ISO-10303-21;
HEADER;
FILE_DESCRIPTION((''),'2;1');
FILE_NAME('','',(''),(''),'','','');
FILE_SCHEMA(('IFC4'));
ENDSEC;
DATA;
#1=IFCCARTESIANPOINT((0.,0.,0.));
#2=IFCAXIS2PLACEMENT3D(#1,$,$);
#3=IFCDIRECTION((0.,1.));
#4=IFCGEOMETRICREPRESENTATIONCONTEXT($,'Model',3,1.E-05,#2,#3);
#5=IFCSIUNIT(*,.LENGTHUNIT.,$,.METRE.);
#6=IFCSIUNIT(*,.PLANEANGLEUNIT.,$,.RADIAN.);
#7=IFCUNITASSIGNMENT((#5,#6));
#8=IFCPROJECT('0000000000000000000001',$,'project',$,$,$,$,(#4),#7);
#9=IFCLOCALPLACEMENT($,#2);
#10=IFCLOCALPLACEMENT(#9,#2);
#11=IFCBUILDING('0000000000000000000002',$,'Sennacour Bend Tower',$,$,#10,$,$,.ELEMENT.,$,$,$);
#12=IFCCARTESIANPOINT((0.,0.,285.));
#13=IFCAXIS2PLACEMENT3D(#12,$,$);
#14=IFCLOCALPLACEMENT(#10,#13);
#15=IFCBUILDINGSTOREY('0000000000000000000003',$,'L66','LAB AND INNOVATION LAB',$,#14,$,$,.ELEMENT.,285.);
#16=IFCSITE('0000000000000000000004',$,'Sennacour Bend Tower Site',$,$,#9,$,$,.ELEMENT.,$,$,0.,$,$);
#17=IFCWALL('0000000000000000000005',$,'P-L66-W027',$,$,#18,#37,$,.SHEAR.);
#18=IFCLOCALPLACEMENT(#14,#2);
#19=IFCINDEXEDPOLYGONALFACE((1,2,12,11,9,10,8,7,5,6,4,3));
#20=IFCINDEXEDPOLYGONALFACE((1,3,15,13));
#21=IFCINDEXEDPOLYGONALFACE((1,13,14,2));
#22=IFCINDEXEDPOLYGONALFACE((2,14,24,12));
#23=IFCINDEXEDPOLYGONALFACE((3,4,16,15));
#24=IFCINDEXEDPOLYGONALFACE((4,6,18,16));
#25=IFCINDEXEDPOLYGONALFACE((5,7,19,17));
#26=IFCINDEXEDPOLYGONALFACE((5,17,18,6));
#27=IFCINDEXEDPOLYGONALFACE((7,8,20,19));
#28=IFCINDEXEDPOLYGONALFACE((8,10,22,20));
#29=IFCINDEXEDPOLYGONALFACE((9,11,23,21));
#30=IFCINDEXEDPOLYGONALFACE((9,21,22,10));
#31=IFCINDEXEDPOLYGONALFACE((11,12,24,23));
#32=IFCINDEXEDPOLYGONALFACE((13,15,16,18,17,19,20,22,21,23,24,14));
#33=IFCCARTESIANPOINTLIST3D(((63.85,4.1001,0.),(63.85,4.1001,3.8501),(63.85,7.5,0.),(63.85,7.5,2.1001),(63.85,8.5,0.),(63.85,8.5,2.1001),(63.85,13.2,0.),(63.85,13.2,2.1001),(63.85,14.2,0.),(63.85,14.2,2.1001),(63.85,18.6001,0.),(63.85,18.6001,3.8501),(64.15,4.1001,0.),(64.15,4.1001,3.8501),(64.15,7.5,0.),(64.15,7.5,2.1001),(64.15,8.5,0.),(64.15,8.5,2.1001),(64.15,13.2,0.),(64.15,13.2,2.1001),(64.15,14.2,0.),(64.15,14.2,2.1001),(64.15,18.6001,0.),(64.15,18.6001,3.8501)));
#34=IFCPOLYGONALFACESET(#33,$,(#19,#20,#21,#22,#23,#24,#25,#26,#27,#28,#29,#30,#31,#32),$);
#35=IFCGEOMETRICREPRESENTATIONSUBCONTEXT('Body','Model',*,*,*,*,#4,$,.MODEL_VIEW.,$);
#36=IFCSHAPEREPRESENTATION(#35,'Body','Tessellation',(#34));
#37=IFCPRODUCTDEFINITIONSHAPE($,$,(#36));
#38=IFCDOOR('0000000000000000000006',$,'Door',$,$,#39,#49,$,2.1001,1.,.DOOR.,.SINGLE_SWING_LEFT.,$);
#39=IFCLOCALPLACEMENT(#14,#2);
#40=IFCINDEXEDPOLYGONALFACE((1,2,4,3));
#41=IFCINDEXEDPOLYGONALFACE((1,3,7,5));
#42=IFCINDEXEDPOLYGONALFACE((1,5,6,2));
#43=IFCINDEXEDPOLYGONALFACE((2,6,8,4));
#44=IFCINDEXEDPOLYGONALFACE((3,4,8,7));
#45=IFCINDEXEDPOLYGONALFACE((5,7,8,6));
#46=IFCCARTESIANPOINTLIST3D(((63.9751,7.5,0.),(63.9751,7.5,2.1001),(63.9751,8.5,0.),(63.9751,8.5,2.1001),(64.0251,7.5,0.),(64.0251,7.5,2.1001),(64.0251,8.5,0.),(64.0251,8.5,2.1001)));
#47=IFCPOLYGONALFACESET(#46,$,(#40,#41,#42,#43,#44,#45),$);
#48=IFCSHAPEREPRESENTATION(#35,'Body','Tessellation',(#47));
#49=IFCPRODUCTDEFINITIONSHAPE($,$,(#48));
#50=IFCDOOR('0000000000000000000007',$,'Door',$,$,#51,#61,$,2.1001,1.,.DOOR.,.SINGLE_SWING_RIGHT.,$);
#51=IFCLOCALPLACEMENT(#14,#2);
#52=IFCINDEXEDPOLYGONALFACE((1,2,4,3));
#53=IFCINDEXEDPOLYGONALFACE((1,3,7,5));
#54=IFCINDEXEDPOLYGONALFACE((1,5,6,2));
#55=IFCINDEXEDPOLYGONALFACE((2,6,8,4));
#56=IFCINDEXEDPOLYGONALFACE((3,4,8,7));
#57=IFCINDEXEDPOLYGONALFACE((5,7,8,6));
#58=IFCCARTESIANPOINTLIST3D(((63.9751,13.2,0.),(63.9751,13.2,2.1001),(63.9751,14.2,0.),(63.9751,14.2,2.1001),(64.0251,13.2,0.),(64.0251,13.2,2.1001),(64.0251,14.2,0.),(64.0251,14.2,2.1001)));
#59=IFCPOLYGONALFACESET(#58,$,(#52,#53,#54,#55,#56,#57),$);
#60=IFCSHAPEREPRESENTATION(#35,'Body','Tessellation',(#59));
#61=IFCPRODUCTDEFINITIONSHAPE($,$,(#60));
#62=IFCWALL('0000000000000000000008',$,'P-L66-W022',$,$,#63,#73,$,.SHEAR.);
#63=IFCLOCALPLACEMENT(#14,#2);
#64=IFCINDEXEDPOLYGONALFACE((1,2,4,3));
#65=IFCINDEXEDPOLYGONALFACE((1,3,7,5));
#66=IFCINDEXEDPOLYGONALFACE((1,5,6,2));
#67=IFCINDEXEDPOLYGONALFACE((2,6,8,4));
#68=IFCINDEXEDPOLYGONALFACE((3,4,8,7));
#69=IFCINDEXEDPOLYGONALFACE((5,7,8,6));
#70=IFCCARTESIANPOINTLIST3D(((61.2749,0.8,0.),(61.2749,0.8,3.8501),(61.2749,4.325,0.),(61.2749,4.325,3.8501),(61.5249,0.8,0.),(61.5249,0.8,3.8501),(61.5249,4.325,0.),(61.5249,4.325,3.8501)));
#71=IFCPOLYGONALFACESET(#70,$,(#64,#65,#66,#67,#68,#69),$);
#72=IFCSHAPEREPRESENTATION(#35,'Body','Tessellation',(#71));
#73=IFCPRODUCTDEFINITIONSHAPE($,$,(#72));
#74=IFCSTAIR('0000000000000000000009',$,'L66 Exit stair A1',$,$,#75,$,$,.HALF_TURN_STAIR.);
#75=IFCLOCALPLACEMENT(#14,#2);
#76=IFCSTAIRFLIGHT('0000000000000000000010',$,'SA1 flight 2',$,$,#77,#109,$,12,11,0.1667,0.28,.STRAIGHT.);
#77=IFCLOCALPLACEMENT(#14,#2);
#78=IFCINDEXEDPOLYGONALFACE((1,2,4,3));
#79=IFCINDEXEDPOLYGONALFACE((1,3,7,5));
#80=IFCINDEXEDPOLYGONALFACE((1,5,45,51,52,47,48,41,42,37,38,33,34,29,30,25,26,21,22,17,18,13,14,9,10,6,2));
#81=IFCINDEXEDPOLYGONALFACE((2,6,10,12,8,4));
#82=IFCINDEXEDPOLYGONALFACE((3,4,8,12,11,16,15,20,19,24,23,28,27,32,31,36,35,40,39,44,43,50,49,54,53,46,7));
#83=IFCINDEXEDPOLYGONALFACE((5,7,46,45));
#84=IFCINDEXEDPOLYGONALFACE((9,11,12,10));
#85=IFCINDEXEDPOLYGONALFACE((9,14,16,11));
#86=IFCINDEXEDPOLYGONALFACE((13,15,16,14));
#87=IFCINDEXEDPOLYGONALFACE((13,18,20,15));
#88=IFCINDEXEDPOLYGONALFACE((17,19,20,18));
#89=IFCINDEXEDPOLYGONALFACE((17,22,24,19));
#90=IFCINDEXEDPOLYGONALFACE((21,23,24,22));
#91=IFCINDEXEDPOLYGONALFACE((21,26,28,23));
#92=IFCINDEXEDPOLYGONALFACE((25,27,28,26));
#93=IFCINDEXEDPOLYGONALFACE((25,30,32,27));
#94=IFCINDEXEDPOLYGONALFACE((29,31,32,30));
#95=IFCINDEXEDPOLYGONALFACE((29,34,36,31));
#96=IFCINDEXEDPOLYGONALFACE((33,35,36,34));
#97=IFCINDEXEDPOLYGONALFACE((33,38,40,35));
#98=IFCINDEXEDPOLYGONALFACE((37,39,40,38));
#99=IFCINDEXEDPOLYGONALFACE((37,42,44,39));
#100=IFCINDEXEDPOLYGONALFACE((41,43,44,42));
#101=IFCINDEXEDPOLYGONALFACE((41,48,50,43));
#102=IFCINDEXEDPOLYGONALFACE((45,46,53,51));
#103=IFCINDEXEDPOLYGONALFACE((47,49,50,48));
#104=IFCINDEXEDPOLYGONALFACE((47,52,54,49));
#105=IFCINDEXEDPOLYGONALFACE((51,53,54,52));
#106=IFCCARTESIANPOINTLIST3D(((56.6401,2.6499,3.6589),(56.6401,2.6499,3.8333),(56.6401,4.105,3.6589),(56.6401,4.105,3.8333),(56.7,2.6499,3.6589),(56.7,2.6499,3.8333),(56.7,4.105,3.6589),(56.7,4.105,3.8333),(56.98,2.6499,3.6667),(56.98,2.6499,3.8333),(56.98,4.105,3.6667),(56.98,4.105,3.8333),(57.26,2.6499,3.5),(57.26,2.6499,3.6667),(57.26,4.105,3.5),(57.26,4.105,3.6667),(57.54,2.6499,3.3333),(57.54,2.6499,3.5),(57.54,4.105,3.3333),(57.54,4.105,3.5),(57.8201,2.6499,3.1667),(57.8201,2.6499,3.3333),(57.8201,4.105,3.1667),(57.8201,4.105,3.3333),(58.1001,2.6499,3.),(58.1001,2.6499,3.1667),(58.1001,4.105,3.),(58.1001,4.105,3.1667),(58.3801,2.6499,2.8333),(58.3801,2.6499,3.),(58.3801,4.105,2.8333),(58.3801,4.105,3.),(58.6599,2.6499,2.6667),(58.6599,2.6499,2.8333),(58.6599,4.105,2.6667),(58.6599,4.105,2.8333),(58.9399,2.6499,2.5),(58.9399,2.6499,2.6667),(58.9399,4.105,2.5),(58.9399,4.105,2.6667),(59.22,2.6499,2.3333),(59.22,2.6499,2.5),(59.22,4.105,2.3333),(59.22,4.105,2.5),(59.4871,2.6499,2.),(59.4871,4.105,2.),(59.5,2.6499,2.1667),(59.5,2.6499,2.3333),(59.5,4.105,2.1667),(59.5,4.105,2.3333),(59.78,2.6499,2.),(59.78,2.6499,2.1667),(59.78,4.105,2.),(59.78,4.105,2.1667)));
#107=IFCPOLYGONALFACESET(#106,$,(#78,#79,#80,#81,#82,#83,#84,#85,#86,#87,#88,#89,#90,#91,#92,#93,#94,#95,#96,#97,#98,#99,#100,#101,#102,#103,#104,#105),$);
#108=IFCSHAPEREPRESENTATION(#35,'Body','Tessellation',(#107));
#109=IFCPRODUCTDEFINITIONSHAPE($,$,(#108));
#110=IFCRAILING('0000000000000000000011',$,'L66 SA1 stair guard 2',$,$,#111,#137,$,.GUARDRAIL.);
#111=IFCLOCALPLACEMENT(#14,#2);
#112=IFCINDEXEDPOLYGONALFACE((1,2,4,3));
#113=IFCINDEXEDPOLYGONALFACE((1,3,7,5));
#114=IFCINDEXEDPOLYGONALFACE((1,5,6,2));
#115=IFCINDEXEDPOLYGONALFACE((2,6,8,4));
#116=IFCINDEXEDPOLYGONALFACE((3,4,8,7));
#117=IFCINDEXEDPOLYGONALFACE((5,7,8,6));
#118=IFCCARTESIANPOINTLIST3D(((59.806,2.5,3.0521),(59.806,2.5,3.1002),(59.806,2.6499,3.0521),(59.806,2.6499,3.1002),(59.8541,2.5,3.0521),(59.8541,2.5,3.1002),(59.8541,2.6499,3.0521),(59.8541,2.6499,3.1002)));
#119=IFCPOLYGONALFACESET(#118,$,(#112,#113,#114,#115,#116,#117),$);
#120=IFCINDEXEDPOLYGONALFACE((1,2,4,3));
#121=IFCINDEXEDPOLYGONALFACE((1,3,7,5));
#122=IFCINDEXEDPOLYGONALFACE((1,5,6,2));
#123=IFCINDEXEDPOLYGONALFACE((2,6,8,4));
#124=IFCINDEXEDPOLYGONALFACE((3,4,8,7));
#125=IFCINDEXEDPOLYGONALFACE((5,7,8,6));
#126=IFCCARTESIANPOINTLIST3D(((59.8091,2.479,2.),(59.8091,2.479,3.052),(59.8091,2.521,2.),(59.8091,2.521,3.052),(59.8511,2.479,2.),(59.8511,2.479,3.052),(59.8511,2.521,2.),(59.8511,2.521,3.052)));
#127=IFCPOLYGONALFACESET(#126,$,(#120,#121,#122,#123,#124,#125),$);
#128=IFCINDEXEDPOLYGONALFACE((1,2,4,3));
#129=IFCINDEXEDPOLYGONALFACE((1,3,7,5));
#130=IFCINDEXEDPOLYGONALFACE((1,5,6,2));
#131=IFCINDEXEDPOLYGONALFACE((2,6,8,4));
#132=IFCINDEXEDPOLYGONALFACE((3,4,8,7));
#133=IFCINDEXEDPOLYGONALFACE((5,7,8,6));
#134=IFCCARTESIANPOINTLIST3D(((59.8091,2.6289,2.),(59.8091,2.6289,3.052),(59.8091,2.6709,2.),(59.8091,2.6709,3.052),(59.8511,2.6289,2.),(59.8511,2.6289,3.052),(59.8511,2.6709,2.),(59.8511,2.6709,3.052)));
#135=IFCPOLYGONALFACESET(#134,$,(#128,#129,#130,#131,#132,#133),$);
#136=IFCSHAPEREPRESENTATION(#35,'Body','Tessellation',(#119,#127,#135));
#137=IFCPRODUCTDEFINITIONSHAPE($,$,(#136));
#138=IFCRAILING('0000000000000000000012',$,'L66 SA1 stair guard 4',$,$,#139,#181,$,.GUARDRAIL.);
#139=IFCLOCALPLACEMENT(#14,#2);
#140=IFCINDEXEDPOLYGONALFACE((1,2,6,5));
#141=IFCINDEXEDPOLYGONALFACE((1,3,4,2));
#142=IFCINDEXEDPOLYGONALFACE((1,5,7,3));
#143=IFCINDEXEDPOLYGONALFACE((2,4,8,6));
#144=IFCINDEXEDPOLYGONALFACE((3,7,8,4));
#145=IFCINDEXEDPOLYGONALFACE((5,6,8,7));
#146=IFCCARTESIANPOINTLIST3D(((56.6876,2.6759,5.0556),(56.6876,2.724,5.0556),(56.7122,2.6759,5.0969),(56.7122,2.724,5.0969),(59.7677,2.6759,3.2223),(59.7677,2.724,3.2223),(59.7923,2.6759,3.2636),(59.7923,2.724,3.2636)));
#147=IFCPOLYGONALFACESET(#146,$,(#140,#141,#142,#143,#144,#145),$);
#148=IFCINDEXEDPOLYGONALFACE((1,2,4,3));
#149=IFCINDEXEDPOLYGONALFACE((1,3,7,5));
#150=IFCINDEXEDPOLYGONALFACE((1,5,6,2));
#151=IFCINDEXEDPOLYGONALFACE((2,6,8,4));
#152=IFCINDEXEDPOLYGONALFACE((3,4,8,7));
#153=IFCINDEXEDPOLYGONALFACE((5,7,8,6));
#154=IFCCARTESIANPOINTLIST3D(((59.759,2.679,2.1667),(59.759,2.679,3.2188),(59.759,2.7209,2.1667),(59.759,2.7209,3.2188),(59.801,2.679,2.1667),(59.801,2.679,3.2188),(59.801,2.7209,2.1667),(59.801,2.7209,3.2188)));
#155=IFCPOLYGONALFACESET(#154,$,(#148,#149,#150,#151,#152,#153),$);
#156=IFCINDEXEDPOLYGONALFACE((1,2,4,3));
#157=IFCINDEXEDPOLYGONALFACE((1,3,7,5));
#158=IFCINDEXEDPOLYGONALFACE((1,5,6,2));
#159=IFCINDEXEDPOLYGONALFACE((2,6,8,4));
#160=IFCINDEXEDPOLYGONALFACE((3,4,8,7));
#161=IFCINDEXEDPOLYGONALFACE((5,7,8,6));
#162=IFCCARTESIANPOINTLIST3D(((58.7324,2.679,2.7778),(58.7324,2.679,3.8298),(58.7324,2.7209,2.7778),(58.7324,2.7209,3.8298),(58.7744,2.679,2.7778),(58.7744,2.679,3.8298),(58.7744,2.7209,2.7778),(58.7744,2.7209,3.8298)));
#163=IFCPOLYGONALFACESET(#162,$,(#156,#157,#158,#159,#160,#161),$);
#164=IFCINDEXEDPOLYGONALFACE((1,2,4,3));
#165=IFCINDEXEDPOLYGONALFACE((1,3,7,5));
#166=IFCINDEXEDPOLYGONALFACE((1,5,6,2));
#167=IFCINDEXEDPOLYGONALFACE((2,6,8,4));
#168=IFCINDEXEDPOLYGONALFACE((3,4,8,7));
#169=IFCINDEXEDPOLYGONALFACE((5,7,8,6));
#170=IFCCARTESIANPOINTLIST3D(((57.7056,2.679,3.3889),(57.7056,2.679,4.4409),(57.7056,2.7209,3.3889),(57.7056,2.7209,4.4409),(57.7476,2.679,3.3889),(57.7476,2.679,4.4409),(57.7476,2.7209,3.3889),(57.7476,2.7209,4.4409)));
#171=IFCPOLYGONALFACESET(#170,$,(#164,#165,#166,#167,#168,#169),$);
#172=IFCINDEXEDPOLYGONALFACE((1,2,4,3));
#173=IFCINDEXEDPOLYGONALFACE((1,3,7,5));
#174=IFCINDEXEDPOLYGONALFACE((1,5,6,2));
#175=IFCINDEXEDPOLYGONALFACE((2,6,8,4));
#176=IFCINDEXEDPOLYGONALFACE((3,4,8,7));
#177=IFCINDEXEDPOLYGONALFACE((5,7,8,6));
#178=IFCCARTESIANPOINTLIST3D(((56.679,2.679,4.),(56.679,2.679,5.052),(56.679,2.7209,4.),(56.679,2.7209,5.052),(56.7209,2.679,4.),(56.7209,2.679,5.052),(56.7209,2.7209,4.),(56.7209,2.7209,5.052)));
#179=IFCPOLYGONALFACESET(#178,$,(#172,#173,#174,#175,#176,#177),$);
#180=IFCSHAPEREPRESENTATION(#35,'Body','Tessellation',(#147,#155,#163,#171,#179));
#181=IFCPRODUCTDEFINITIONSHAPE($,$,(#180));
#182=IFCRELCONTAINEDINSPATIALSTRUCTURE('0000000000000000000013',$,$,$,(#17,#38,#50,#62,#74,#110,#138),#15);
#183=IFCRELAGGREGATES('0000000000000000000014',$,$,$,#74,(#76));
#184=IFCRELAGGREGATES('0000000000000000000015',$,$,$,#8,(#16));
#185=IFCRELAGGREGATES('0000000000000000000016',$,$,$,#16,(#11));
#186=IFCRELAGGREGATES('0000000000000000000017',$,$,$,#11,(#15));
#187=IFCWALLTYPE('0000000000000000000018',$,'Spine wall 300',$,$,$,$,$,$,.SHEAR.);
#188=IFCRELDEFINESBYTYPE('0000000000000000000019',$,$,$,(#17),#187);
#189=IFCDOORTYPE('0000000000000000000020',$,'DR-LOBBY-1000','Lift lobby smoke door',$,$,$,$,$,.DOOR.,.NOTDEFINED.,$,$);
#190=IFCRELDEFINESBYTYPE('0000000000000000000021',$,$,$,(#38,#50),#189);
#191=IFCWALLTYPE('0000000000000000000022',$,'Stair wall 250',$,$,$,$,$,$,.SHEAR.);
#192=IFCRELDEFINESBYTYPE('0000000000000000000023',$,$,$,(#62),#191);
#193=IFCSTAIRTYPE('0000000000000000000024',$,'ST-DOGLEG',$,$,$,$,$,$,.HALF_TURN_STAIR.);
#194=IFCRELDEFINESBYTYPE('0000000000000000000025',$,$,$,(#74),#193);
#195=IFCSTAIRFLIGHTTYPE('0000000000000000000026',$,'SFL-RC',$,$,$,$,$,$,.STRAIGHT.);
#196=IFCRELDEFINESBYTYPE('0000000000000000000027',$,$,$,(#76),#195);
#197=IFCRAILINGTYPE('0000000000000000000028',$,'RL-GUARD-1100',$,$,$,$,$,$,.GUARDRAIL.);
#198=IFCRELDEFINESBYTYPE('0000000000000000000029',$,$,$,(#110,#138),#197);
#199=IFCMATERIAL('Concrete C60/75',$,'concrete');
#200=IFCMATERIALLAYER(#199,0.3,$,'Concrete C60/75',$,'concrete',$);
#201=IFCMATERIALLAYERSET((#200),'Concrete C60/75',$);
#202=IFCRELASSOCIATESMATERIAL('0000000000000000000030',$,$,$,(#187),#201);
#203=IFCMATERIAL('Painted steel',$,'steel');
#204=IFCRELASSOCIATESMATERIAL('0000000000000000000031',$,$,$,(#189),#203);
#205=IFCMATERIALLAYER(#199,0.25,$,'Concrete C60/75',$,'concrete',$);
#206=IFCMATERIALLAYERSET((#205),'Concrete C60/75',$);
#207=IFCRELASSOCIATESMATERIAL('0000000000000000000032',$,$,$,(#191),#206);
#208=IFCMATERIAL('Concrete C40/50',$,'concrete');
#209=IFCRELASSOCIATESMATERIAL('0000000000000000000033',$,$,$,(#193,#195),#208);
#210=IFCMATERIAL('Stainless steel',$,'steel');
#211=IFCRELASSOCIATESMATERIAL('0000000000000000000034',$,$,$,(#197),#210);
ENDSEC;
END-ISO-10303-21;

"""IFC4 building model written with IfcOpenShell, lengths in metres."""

from ifc_helpers import new_model, si_unit, direction, frame, frame_2d, origin, origin_2d, place, context, subcontext, project, spatial, polyline, rectangle, outline, extrude, material, layer, layer_set, type_object, element, fill, aggregate, save


model = new_model("IFC4")

# Units and contexts
model_context = context("Model", 3, precision=1e-05, world=origin(), true_north=direction((0.0, 1.0)))
body_context = subcontext(model_context, "Body", "Model", "MODEL_VIEW")
ifc_project = project(units=[si_unit("LENGTHUNIT", "METRE"), si_unit("PLANEANGLEUNIT", "RADIAN")], contexts=[model_context])

# Site, building, storey
site_placement = place(None, origin())
site = spatial("IfcSite", under=ifc_project, at=site_placement, Name="Sennacour Bend Tower Site", CompositionType="ELEMENT", RefElevation=0.0)
building_placement = place(site_placement, origin())
building = spatial("IfcBuilding", under=site, at=building_placement, Name="Sennacour Bend Tower", CompositionType="ELEMENT")
storey_placement = place(building_placement, frame((0.0, 0.0, 285.0)))
storey = spatial("IfcBuildingStorey", under=building, at=storey_placement, Name="L66", Description="LAB AND INNOVATION LAB", CompositionType="ELEMENT", Elevation=285.0)

# Shared definitions
ifc_material_1 = material(Name="Painted steel", Category="steel")

# Shared definitions
ifc_material_2 = material(Name="Stainless steel", Category="steel")

# Wall, openings, doors
ifc_material_3 = material(Name="Concrete C60/75", Category="concrete")
ifc_layer_1 = layer(ifc_material_3, 0.3, Name="Concrete C60/75", Category="concrete")
ifc_layer_set_1 = layer_set([ifc_layer_1], Name="Concrete C60/75")
wall_type_1 = type_object("IfcWallType", Name="Spine wall 300", PredefinedType="SHEAR", material=ifc_layer_set_1)
wall_1_placement = place(storey_placement, frame((64.0, 4.1001, 0.0), z_axis=(0.0, 0.0, 1.0), x_axis=(0.0, 1.0, 0.0)))
wall_1 = element("IfcWall", 1, at=wall_1_placement, inside=storey, type_object=wall_type_1, Name="P-L66-W027", PredefinedType="SHEAR", context=body_context, shape_type="SweptSolid", body=[
    extrude(rectangle(XDim=14.5, YDim=0.3, at=frame_2d((7.25, 0.0))), origin(), (0.0, 0.0, 1.0), 3.8501),
])
opening_1_placement = place(wall_1_placement, frame((3.3999, 0.0, 0.0)))
opening_1 = element("IfcOpeningElement", 2, at=opening_1_placement, cuts=wall_1, PredefinedType="OPENING", context=body_context, shape_type="SweptSolid", body=[
    extrude(rectangle(XDim=1.0, YDim=2.1001, at=frame_2d((0.5, 1.05))), frame((0.0, 0.1602, 0.0), z_axis=(0.0, -1.0, 0.0), x_axis=(1.0, 0.0, 0.0)), (0.0, 0.0, 1.0), 0.3201),
])
opening_2_placement = place(wall_1_placement, frame((9.0999, 0.0, 0.0)))
opening_2 = element("IfcOpeningElement", 3, at=opening_2_placement, cuts=wall_1, PredefinedType="OPENING", context=body_context, shape_type="SweptSolid", body=[
    extrude(rectangle(XDim=1.0, YDim=2.1001, at=frame_2d((0.5, 1.05))), frame((0.0, 0.1602, 0.0), z_axis=(0.0, -1.0, 0.0), x_axis=(1.0, 0.0, 0.0)), (0.0, 0.0, 1.0), 0.3201),
])
door_type_1 = type_object("IfcDoorType", Name="DR-LOBBY-1000", Description="Lift lobby smoke door", OperationType="NOTDEFINED", PredefinedType="DOOR", material=ifc_material_1)
door_1_placement = place(opening_1_placement, origin())
door_1 = element("IfcDoor", 4, at=door_1_placement, inside=storey, type_object=door_type_1, Name="Door", OperationType="SINGLE_SWING_LEFT", OverallHeight=2.1001, OverallWidth=1.0, PredefinedType="DOOR", context=body_context, shape_type="SweptSolid", body=[
    extrude(rectangle(XDim=1.0, YDim=2.1001, at=frame_2d((0.5, 1.05))), frame((0.0, 0.0249, 0.0), z_axis=(0.0, -1.0, 0.0), x_axis=(1.0, 0.0, 0.0)), (0.0, 0.0, 1.0), 0.05),
])
fill(opening_1, door_1)
door_2_placement = place(opening_2_placement, origin())
door_2 = element("IfcDoor", 5, at=door_2_placement, inside=storey, type_object=door_type_1, Name="Door", OperationType="SINGLE_SWING_RIGHT", OverallHeight=2.1001, OverallWidth=1.0, PredefinedType="DOOR", context=body_context, shape_type="SweptSolid", body=[
    extrude(rectangle(XDim=1.0, YDim=2.1001, at=frame_2d((0.5, 1.05))), frame((0.0, 0.0249, 0.0), z_axis=(0.0, -1.0, 0.0), x_axis=(1.0, 0.0, 0.0)), (0.0, 0.0, 1.0), 0.05),
])
fill(opening_2, door_2)

# Wall
ifc_layer_2 = layer(ifc_material_3, 0.25, Name="Concrete C60/75", Category="concrete")
ifc_layer_set_2 = layer_set([ifc_layer_2], Name="Concrete C60/75")
wall_type_2 = type_object("IfcWallType", Name="Stair wall 250", PredefinedType="SHEAR", material=ifc_layer_set_2)
wall_2_placement = place(storey_placement, frame((61.3999, 0.8, 0.0), z_axis=(0.0, 0.0, 1.0), x_axis=(0.0, 1.0, 0.0)))
element("IfcWall", 6, at=wall_2_placement, inside=storey, type_object=wall_type_2, Name="P-L66-W022", PredefinedType="SHEAR", context=body_context, shape_type="SweptSolid", body=[
    extrude(rectangle(XDim=3.5249, YDim=0.25, at=frame_2d((1.7625, 0.0))), origin(), (0.0, 0.0, 1.0), 3.8501),
])

# Stair, stair flight
ifc_material_4 = material(Name="Concrete C40/50", Category="concrete")
stair_type = type_object("IfcStairType", Name="ST-DOGLEG", PredefinedType="HALF_TURN_STAIR", material=ifc_material_4)
stair_placement = place(storey_placement, origin())
stair = element("IfcStair", 7, at=stair_placement, inside=storey, type_object=stair_type, Name="L66 Exit stair A1", PredefinedType="HALF_TURN_STAIR")
stair_flight_type = type_object("IfcStairFlightType", Name="SFL-RC", PredefinedType="STRAIGHT", material=ifc_material_4)
stair_flight_placement = place(storey_placement, frame((59.78, 3.3774, 2.0), z_axis=(0.0, 0.0, 1.0), x_axis=(-1.0, 0.0, 0.0)))
stair_flight = element("IfcStairFlight", 8, at=stair_flight_placement, type_object=stair_flight_type, Name="SA1 flight 2", NumberOfRisers=12, NumberOfTreads=11, PredefinedType="STRAIGHT", RiserHeight=0.1667, TreadLength=0.28, context=body_context, shape_type="SweptSolid", body=[
    extrude(outline(polyline([(0.0, 0.0), (0.0, 0.1667), (0.28, 0.1667), (0.28, 0.3333), (0.5601, 0.3333), (0.5601, 0.5), (0.8401, 0.5), (0.8401, 0.6667), (1.1201, 0.6667), (1.1201, 0.8333), (1.3999, 0.8333), (1.3999, 1.0), (1.6799, 1.0), (1.6799, 1.1667), (1.96, 1.1667), (1.96, 1.3333), (2.24, 1.3333), (2.24, 1.5), (2.52, 1.5), (2.52, 1.6667), (2.8, 1.6667), (2.8, 1.8333), (3.0801, 1.8333), (3.1399, 1.8333), (3.1399, 1.6589), (3.0801, 1.6589), (0.293, 0.0), (0.0, 0.0)])), frame((0.0, 0.7275, 0.0), z_axis=(0.0, -1.0, 0.0), x_axis=(1.0, 0.0, 0.0)), (0.0, 0.0, 1.0), 1.4551),
])
aggregate(stair, [stair_flight])

# Railings
railing_type_1 = type_object("IfcRailingType", Name="RL-GUARD-1100", PredefinedType="GUARDRAIL", material=ifc_material_2)
railing_1_placement = place(storey_placement, frame((59.8301, 2.5, 2.0)))
element("IfcRailing", 9, at=railing_1_placement, inside=storey, type_object=railing_type_1, Name="L66 SA1 stair guard 2", PredefinedType="GUARDRAIL", context=body_context, shape_type="SweptSolid", body=[
    extrude(rectangle(XDim=0.0481, YDim=0.0481, at=origin_2d()), frame((0.0, 0.0, 1.0762), z_axis=(0.0, 1.0, 0.0), x_axis=(-1.0, 0.0, 0.0)), (0.0, 0.0, 1.0), 0.1499),
    extrude(rectangle(XDim=0.042, YDim=0.042, at=origin_2d()), origin(), (0.0, 0.0, 1.0), 1.052),
    extrude(rectangle(XDim=0.042, YDim=0.042, at=origin_2d()), frame((0.0, 0.1499, 0.0)), (0.0, 0.0, 1.0), 1.052),
])
railing_2_placement = place(storey_placement, frame((59.78, 2.7, 2.1667)))
element("IfcRailing", 10, at=railing_2_placement, inside=storey, type_object=railing_type_1, Name="L66 SA1 stair guard 4", PredefinedType="GUARDRAIL", context=body_context, shape_type="SweptSolid", body=[
    extrude(rectangle(XDim=0.0481, YDim=0.0481, at=origin_2d()), frame((0.0, 0.0, 1.0762), z_axis=(-0.859309, 0.0, 0.511458), x_axis=(0.0, -1.0, 0.0)), (0.0, 0.0, 1.0), 3.5845),
    extrude(rectangle(XDim=0.042, YDim=0.042, at=origin_2d()), origin(), (0.0, 0.0, 1.0), 1.052),
    extrude(rectangle(XDim=0.042, YDim=0.042, at=origin_2d()), frame((-1.0266, 0.0, 0.6111)), (0.0, 0.0, 1.0), 1.052),
    extrude(rectangle(XDim=0.042, YDim=0.042, at=origin_2d()), frame((-2.0535, 0.0, 1.2222)), (0.0, 0.0, 1.0), 1.052),
    extrude(rectangle(XDim=0.042, YDim=0.042, at=origin_2d()), frame((-3.0801, 0.0, 1.8333)), (0.0, 0.0, 1.0), 1.052),
])

save(model, "model.ifc")
